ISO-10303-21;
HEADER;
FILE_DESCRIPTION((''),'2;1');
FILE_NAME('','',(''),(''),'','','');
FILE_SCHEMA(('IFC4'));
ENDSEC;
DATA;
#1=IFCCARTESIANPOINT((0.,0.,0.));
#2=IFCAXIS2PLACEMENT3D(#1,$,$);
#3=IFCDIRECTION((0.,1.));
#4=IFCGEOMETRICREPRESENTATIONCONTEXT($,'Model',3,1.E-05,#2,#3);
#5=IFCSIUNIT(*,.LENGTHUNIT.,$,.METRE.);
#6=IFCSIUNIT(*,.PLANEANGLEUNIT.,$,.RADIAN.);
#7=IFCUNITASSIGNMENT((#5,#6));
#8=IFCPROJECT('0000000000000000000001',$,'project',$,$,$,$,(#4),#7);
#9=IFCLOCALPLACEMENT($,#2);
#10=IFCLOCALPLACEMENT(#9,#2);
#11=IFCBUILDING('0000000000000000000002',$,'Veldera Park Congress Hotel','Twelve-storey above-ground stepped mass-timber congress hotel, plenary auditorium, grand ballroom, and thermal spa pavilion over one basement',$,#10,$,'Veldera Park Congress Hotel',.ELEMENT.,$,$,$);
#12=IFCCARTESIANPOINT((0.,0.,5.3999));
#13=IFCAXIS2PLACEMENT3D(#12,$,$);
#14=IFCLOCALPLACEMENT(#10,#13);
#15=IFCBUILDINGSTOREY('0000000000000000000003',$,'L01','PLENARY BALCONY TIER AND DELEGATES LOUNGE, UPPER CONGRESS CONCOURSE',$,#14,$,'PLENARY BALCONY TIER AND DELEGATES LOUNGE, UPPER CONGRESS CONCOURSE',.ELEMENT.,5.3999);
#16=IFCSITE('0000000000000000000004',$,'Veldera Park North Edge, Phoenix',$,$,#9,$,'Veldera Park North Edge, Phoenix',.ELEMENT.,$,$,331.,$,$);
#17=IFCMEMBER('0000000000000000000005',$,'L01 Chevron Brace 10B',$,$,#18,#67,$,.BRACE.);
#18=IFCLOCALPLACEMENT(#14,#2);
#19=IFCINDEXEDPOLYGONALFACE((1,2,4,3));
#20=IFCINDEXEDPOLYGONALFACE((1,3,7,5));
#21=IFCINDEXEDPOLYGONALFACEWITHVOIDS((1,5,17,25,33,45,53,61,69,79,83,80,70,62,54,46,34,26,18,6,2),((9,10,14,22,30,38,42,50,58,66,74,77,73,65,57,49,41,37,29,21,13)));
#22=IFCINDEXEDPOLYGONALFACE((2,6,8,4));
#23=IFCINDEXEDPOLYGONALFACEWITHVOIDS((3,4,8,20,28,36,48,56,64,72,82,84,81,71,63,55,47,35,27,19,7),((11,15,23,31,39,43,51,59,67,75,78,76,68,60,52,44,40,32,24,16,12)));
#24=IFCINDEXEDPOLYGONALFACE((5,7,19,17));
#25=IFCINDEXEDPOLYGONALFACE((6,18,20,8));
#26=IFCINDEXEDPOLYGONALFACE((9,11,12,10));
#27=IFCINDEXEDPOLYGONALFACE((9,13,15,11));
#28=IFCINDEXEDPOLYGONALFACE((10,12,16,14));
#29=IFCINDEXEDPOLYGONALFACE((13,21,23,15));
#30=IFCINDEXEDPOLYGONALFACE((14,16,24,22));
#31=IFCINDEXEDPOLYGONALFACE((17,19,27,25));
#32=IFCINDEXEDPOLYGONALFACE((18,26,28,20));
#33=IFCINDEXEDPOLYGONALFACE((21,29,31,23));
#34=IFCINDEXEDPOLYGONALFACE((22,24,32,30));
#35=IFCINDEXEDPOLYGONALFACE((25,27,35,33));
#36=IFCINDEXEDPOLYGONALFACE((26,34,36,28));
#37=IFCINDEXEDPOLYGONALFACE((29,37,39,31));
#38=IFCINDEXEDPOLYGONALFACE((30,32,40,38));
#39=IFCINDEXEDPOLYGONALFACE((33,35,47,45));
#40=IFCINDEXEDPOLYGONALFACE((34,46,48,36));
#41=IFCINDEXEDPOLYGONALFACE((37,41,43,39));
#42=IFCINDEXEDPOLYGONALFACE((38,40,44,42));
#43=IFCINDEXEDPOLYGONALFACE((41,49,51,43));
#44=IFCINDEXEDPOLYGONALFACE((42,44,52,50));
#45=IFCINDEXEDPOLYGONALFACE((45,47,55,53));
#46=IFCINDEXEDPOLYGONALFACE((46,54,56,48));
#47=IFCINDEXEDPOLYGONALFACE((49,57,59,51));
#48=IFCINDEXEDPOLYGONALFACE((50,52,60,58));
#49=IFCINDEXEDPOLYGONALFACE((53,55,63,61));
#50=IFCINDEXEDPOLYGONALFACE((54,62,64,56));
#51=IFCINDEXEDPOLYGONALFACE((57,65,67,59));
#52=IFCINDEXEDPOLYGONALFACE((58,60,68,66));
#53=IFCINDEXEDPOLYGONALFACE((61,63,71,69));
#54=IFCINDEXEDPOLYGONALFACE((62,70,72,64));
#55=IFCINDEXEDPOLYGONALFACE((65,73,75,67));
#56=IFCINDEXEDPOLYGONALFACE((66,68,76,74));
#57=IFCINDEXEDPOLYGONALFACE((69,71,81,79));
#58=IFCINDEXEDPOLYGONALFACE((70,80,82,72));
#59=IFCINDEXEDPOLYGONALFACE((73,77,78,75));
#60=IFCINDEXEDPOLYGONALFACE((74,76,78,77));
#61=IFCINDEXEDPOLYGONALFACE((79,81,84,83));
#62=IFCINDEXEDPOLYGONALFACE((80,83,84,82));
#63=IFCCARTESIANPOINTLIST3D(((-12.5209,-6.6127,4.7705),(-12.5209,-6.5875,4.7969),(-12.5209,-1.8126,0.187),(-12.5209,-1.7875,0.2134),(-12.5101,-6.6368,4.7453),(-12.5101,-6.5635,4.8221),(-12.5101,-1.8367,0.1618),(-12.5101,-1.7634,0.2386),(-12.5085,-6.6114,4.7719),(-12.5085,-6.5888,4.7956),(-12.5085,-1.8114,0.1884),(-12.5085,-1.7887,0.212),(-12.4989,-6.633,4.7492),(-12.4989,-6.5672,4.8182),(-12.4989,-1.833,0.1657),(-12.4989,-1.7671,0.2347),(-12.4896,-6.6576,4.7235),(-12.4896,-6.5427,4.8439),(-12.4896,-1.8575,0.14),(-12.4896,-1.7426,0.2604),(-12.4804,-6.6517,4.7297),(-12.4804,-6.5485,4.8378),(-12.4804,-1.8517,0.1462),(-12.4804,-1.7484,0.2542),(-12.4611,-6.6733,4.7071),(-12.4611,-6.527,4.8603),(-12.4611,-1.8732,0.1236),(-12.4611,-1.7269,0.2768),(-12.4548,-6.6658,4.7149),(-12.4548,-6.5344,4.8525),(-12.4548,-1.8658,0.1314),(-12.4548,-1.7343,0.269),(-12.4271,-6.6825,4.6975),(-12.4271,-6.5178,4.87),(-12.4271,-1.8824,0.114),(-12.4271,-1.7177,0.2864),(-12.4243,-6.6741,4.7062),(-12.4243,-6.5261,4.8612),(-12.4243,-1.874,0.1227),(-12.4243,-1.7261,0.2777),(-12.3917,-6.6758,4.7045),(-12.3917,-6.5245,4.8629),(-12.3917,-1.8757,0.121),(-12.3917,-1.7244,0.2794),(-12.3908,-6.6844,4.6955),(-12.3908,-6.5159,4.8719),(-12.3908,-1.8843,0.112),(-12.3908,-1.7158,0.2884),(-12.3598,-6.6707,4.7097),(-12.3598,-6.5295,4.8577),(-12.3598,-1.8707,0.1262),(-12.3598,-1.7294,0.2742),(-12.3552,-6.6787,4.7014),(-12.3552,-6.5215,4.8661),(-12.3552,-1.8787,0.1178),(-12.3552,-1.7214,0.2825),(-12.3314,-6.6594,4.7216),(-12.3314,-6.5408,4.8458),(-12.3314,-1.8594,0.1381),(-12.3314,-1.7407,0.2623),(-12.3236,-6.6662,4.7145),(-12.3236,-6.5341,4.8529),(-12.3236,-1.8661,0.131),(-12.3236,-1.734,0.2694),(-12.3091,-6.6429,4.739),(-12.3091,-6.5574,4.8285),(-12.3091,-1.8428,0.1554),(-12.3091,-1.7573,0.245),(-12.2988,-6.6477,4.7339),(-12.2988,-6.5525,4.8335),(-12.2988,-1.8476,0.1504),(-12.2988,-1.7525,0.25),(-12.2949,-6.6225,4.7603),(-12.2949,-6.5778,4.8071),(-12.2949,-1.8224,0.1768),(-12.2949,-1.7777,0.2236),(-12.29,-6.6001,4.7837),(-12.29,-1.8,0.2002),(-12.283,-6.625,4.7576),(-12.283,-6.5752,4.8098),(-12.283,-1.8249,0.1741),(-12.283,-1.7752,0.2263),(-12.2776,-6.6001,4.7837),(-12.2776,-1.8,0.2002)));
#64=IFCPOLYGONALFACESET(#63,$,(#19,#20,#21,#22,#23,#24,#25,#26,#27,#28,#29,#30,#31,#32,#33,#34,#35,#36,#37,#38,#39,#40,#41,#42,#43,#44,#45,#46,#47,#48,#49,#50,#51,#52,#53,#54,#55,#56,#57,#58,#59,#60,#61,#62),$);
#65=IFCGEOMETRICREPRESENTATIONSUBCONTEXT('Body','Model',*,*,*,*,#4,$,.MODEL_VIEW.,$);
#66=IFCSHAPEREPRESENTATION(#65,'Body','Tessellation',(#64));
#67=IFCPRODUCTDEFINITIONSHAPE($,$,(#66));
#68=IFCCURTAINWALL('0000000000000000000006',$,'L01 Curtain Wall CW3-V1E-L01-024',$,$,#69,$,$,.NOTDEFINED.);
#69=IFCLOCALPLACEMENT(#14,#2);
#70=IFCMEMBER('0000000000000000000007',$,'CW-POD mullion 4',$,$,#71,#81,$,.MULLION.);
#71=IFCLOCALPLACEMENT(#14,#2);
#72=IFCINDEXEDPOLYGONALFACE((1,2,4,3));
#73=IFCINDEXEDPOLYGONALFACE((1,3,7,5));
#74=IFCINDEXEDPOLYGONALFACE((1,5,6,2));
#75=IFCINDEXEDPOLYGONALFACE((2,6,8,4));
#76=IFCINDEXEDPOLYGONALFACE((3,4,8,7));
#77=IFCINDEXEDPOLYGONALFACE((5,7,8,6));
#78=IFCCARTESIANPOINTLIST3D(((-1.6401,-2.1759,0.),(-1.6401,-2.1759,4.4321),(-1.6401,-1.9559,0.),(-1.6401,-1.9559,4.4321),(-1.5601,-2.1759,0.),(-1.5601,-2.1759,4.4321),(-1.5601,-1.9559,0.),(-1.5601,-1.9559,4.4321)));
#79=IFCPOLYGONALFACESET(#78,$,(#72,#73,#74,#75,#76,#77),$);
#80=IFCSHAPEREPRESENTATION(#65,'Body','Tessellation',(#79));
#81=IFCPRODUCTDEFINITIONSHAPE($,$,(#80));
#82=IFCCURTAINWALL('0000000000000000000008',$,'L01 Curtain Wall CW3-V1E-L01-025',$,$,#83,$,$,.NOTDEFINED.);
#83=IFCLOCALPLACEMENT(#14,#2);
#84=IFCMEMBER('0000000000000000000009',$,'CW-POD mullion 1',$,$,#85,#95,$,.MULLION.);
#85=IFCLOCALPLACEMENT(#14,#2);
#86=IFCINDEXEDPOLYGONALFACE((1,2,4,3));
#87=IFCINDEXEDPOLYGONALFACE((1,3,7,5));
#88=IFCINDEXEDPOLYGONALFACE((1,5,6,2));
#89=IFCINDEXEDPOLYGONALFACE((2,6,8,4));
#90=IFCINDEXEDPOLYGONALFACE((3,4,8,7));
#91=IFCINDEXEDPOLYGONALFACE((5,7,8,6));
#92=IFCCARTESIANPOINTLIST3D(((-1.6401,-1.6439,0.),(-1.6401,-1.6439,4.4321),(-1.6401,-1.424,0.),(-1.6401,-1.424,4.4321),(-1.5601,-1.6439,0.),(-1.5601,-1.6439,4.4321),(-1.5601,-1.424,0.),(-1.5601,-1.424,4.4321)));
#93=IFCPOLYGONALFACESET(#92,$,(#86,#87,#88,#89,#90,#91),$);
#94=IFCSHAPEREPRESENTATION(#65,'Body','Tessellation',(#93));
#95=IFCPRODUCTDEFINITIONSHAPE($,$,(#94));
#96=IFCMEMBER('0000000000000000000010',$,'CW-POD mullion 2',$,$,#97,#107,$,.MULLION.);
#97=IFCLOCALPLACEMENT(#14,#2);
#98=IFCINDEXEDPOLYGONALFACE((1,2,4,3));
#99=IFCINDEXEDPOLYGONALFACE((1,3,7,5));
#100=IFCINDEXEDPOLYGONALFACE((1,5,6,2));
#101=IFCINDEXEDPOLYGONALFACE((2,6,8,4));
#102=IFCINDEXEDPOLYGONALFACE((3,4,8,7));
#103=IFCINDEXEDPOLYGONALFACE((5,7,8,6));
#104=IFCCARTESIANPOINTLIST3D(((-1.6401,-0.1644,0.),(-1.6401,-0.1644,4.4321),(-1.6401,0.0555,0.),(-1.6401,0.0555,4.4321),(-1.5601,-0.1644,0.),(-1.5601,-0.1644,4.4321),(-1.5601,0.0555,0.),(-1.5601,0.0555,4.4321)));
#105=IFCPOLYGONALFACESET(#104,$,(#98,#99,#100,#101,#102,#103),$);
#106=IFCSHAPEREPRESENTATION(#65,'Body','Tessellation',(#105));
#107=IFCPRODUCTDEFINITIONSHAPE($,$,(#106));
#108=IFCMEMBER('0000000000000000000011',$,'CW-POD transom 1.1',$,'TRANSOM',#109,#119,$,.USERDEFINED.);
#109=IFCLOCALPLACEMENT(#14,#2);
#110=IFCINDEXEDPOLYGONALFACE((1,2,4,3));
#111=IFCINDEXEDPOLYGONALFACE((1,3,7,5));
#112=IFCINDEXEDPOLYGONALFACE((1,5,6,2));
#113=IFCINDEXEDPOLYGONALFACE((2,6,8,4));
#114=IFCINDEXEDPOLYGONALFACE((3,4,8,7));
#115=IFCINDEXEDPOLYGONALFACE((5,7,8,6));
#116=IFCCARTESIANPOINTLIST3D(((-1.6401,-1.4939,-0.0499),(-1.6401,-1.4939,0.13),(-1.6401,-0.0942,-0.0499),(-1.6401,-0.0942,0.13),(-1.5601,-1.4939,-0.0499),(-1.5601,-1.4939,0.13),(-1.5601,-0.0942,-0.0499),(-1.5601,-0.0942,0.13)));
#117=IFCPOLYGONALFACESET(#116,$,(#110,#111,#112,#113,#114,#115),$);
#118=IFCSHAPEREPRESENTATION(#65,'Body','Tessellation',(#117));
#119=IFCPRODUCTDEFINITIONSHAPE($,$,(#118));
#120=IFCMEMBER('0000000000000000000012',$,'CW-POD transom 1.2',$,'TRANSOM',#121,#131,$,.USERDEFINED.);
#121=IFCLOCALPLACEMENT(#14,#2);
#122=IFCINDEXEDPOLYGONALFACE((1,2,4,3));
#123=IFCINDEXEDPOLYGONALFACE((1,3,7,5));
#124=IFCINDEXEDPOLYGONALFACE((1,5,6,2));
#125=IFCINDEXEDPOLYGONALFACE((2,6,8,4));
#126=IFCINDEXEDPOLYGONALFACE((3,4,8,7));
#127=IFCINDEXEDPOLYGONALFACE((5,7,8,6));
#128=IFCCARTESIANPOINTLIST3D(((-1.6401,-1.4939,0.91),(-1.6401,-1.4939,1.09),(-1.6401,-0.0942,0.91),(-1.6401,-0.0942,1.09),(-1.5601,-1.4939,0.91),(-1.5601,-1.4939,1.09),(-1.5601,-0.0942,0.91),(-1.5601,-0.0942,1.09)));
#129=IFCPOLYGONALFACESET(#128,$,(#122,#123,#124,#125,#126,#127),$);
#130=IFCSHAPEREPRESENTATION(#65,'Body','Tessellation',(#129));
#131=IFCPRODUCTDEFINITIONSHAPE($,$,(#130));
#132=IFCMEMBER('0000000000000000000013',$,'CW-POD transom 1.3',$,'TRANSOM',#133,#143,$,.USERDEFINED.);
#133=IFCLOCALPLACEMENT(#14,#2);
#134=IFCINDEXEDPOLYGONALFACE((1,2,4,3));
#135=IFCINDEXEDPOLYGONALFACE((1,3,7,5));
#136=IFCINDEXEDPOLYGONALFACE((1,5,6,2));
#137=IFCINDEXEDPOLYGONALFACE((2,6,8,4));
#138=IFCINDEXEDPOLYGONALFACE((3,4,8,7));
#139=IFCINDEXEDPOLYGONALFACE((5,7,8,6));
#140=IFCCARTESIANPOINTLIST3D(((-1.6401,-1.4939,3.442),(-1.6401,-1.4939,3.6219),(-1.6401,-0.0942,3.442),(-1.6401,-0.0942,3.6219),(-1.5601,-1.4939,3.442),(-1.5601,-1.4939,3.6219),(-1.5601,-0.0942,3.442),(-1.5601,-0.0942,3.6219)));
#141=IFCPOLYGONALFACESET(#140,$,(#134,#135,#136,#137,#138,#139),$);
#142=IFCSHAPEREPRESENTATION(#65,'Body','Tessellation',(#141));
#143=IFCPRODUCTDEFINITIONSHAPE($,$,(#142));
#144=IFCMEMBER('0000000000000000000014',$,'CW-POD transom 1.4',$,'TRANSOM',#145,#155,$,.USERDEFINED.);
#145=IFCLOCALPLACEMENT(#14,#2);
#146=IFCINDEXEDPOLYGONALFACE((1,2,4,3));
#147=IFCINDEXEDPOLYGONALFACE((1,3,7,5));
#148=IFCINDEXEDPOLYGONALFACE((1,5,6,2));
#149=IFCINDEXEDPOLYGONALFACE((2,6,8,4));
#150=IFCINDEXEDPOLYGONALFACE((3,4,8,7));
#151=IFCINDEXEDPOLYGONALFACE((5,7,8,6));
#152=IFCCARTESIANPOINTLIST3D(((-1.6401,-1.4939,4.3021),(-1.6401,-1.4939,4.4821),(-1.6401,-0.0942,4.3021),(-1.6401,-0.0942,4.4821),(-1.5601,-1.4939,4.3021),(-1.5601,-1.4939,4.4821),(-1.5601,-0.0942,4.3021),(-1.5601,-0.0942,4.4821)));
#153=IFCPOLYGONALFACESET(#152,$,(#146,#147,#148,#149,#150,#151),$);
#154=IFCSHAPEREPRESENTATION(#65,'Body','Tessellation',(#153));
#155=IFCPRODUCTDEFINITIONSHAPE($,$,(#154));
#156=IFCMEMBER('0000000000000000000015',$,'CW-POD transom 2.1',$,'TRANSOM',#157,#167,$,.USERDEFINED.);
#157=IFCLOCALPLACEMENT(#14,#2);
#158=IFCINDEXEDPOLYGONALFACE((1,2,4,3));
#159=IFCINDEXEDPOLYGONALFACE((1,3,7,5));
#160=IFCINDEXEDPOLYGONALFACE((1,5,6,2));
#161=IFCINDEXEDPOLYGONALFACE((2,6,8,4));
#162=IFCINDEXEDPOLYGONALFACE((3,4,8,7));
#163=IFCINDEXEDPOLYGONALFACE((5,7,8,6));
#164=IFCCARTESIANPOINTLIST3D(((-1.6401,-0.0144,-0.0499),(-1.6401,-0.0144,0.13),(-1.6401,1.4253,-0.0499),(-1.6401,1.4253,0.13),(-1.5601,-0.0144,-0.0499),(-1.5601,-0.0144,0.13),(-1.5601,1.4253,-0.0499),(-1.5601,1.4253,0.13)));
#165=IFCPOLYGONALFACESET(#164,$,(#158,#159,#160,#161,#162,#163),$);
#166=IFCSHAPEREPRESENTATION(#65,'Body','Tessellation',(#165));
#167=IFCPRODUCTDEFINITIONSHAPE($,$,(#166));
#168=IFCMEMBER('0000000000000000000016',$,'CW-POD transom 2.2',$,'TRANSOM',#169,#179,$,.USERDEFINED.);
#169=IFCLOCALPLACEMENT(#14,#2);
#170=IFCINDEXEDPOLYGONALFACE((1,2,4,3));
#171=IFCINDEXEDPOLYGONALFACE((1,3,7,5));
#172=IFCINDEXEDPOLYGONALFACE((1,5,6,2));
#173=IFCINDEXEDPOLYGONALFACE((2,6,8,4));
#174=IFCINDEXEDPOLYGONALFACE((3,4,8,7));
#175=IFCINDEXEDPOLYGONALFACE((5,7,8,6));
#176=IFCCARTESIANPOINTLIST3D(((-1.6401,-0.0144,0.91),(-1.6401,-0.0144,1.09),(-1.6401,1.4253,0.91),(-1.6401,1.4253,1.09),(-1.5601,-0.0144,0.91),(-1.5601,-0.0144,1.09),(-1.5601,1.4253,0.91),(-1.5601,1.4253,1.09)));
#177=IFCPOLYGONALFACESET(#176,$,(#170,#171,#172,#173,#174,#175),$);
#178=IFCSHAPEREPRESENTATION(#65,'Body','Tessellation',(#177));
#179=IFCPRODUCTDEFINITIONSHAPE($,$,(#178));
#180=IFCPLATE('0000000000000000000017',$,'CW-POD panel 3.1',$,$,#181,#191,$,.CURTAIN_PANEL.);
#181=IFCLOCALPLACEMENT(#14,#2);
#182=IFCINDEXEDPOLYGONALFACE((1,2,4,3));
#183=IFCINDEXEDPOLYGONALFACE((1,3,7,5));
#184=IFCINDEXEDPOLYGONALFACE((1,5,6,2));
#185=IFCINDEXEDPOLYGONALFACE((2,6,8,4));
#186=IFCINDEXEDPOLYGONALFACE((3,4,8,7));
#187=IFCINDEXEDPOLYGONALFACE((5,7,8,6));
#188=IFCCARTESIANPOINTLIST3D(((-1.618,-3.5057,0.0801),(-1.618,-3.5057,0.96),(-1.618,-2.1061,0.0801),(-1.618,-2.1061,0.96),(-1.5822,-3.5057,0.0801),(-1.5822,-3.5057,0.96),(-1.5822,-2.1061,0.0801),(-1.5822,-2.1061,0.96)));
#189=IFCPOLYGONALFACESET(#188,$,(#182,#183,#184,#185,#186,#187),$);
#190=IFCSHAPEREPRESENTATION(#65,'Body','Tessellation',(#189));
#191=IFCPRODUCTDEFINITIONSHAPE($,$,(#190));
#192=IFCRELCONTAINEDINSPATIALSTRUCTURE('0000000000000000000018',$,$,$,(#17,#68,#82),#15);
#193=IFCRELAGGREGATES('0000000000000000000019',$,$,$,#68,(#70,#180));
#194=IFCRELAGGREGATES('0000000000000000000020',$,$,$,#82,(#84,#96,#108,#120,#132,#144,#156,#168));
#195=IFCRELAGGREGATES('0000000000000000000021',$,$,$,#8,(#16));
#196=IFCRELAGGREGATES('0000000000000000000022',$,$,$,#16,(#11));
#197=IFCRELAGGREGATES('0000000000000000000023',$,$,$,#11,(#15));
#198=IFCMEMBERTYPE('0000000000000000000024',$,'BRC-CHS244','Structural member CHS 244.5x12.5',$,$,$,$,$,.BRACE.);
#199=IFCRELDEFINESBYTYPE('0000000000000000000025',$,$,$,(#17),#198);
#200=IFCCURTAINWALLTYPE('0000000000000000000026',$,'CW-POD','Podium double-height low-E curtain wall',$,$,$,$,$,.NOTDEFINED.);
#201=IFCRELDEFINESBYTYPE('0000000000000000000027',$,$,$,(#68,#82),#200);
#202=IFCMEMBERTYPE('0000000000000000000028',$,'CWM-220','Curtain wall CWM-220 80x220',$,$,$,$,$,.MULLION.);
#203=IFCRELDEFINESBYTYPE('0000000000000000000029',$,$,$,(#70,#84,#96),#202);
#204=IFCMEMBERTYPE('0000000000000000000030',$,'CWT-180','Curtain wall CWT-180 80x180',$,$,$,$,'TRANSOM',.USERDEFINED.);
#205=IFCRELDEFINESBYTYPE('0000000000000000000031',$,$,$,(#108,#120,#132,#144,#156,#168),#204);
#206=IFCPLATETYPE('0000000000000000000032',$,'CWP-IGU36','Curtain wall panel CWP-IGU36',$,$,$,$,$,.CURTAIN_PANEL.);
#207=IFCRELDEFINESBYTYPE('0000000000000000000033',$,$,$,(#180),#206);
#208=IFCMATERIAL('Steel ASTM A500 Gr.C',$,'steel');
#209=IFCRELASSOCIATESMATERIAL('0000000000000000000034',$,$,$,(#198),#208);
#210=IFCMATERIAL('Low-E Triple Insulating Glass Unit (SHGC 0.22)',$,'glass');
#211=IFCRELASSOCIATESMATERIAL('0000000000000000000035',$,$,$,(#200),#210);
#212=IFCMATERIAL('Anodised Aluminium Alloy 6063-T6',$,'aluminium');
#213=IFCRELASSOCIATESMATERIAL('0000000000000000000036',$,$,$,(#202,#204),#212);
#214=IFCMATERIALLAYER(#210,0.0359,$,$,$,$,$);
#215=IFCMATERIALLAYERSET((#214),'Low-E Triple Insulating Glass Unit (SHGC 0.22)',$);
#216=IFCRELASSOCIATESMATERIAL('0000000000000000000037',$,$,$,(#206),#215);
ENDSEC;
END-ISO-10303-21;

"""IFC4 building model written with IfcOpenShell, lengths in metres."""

from ifc_helpers import new_model, si_unit, direction, frame, origin, origin_2d, place, context, subcontext, project, spatial, rectangle, hollow_circle, extrude, material, layer, layer_set, material_profile, profile_set, type_object, element, aggregate, save


model = new_model("IFC4")

# Units and contexts
model_context = context("Model", 3, precision=1e-05, world=origin(), true_north=direction((0.0, 1.0)))
body_context = subcontext(model_context, "Body", "Model", "MODEL_VIEW")
ifc_project = project(units=[si_unit("LENGTHUNIT", "METRE"), si_unit("PLANEANGLEUNIT", "RADIAN")], contexts=[model_context])

# Site, building, storey
site_placement = place(None, origin())
site = spatial("IfcSite", under=ifc_project, at=site_placement, Name="Veldera Park North Edge, Phoenix", LongName="Veldera Park North Edge, Phoenix", CompositionType="ELEMENT", RefElevation=331.0)
building_placement = place(site_placement, origin())
building = spatial("IfcBuilding", under=site, at=building_placement, Name="Veldera Park Congress Hotel", Description="Twelve-storey above-ground stepped mass-timber congress hotel, plenary auditorium, grand ballroom, and thermal spa pavilion over one basement", LongName="Veldera Park Congress Hotel", CompositionType="ELEMENT")
storey_placement = place(building_placement, frame((0.0, 0.0, 5.3999)))
storey = spatial("IfcBuildingStorey", under=building, at=storey_placement, Name="L01", Description="PLENARY BALCONY TIER AND DELEGATES LOUNGE, UPPER CONGRESS CONCOURSE", LongName="PLENARY BALCONY TIER AND DELEGATES LOUNGE, UPPER CONGRESS CONCOURSE", CompositionType="ELEMENT", Elevation=5.3999)

# Member
ifc_material_1 = material(Name="Steel ASTM A500 Gr.C", Category="steel")
ifc_material_profile_1 = material_profile(ifc_material_1, hollow_circle(Radius=0.1223, WallThickness=0.0125, at=origin_2d()), Name="CHS 244.5x12.5")
ifc_profile_set_1 = profile_set([ifc_material_profile_1], Name="Steel ASTM A500 Gr.C")
member_type_1 = type_object("IfcMemberType", Name="BRC-CHS244", Description="Structural member CHS 244.5x12.5", PredefinedType="BRACE", material=ifc_profile_set_1)
member_1_placement = place(storey_placement, frame((-12.3999, -1.8, 0.2002), z_axis=(0.0, -0.723233, 0.690604), x_axis=(1.0, 0.0, 0.0)))
element("IfcMember", 1, at=member_1_placement, inside=storey, type_object=member_type_1, Name="L01 Chevron Brace 10B", PredefinedType="BRACE", context=body_context, shape_type="SweptSolid", body=[
    extrude(hollow_circle(Radius=0.1223, WallThickness=0.0125, at=origin_2d()), origin(), (0.0, 0.0, 1.0), 6.637),
])

# Curtain wall, member
ifc_material_2 = material(Name="Low-E Triple Insulating Glass Unit (SHGC 0.22)", Category="glass")
curtain_wall_type = type_object("IfcCurtainWallType", Name="CW-POD", Description="Podium double-height low-E curtain wall", PredefinedType="NOTDEFINED", material=ifc_material_2)
curtain_wall_1_placement = place(storey_placement, origin())
curtain_wall_1 = element("IfcCurtainWall", 2, at=curtain_wall_1_placement, inside=storey, type_object=curtain_wall_type, Name="L01 Curtain Wall CW3-V1E-L01-024", PredefinedType="NOTDEFINED")
ifc_material_3 = material(Name="Anodised Aluminium Alloy 6063-T6", Category="aluminium")
ifc_material_profile_2 = material_profile(ifc_material_3, rectangle(XDim=0.0801, YDim=0.22, at=origin_2d()), Name="ALU 80x220")
ifc_profile_set_2 = profile_set([ifc_material_profile_2], Name="Anodised Aluminium Alloy 6063-T6")
member_type_2 = type_object("IfcMemberType", Name="CWM-220", Description="Curtain wall CWM-220 80x220", PredefinedType="MULLION", material=ifc_profile_set_2)
member_2_placement = place(storey_placement, frame((-1.6001, -2.0659, 0.0), z_axis=(0.0, 0.0, 1.0), x_axis=(-1.0, 0.0, 0.0)))
member_2 = element("IfcMember", 3, at=member_2_placement, type_object=member_type_2, Name="CW-POD mullion 4", PredefinedType="MULLION", context=body_context, shape_type="SweptSolid", body=[
    extrude(rectangle(XDim=0.0801, YDim=0.22, at=origin_2d()), origin(), (0.0, 0.0, 1.0), 4.4321),
])

# Curtain wall, members
curtain_wall_2_placement = place(storey_placement, origin())
curtain_wall_2 = element("IfcCurtainWall", 4, at=curtain_wall_2_placement, inside=storey, type_object=curtain_wall_type, Name="L01 Curtain Wall CW3-V1E-L01-025", PredefinedType="NOTDEFINED")
member_3_placement = place(storey_placement, frame((-1.6001, -1.5339, 0.0), z_axis=(0.0, 0.0, 1.0), x_axis=(-1.0, 0.0, 0.0)))
member_3 = element("IfcMember", 5, at=member_3_placement, type_object=member_type_2, Name="CW-POD mullion 1", PredefinedType="MULLION", context=body_context, shape_type="SweptSolid", body=[
    extrude(rectangle(XDim=0.0801, YDim=0.22, at=origin_2d()), origin(), (0.0, 0.0, 1.0), 4.4321),
])
member_4_placement = place(storey_placement, frame((-1.6001, -0.0544, 0.0), z_axis=(0.0, 0.0, 1.0), x_axis=(-1.0, 0.0, 0.0)))
member_4 = element("IfcMember", 6, at=member_4_placement, type_object=member_type_2, Name="CW-POD mullion 2", PredefinedType="MULLION", context=body_context, shape_type="SweptSolid", body=[
    extrude(rectangle(XDim=0.0801, YDim=0.22, at=origin_2d()), origin(), (0.0, 0.0, 1.0), 4.4321),
])
ifc_material_profile_3 = material_profile(ifc_material_3, rectangle(XDim=0.0801, YDim=0.1799, at=origin_2d()), Name="ALU 80x180")
ifc_profile_set_3 = profile_set([ifc_material_profile_3], Name="Anodised Aluminium Alloy 6063-T6")
member_type_3 = type_object("IfcMemberType", Name="CWT-180", Description="Curtain wall CWT-180 80x180", ElementType="TRANSOM", PredefinedType="USERDEFINED", material=ifc_profile_set_3)
member_5_placement = place(storey_placement, frame((-1.6001, -1.4939, 0.04), z_axis=(0.0, 1.0, 0.0), x_axis=(-1.0, 0.0, 0.0)))
member_5 = element("IfcMember", 7, at=member_5_placement, type_object=member_type_3, Name="CW-POD transom 1.1", ObjectType="TRANSOM", PredefinedType="USERDEFINED", context=body_context, shape_type="SweptSolid", body=[
    extrude(rectangle(XDim=0.0801, YDim=0.1799, at=origin_2d()), origin(), (0.0, 0.0, 1.0), 1.3997),
])
member_6_placement = place(storey_placement, frame((-1.6001, -1.4939, 1.0), z_axis=(0.0, 1.0, 0.0), x_axis=(-1.0, 0.0, 0.0)))
member_6 = element("IfcMember", 8, at=member_6_placement, type_object=member_type_3, Name="CW-POD transom 1.2", ObjectType="TRANSOM", PredefinedType="USERDEFINED", context=body_context, shape_type="SweptSolid", body=[
    extrude(rectangle(XDim=0.0801, YDim=0.1799, at=origin_2d()), origin(), (0.0, 0.0, 1.0), 1.3997),
])
member_7_placement = place(storey_placement, frame((-1.6001, -1.4939, 3.532), z_axis=(0.0, 1.0, 0.0), x_axis=(-1.0, 0.0, 0.0)))
member_7 = element("IfcMember", 9, at=member_7_placement, type_object=member_type_3, Name="CW-POD transom 1.3", ObjectType="TRANSOM", PredefinedType="USERDEFINED", context=body_context, shape_type="SweptSolid", body=[
    extrude(rectangle(XDim=0.0801, YDim=0.1799, at=origin_2d()), origin(), (0.0, 0.0, 1.0), 1.3997),
])
member_8_placement = place(storey_placement, frame((-1.6001, -1.4939, 4.3921), z_axis=(0.0, 1.0, 0.0), x_axis=(-1.0, 0.0, 0.0)))
member_8 = element("IfcMember", 10, at=member_8_placement, type_object=member_type_3, Name="CW-POD transom 1.4", ObjectType="TRANSOM", PredefinedType="USERDEFINED", context=body_context, shape_type="SweptSolid", body=[
    extrude(rectangle(XDim=0.0801, YDim=0.1799, at=origin_2d()), origin(), (0.0, 0.0, 1.0), 1.3997),
])
member_9_placement = place(storey_placement, frame((-1.6001, -0.0144, 0.04), z_axis=(0.0, 1.0, 0.0), x_axis=(-1.0, 0.0, 0.0)))
member_9 = element("IfcMember", 11, at=member_9_placement, type_object=member_type_3, Name="CW-POD transom 2.1", ObjectType="TRANSOM", PredefinedType="USERDEFINED", context=body_context, shape_type="SweptSolid", body=[
    extrude(rectangle(XDim=0.0801, YDim=0.1799, at=origin_2d()), origin(), (0.0, 0.0, 1.0), 1.4397),
])
member_10_placement = place(storey_placement, frame((-1.6001, -0.0144, 1.0), z_axis=(0.0, 1.0, 0.0), x_axis=(-1.0, 0.0, 0.0)))
member_10 = element("IfcMember", 12, at=member_10_placement, type_object=member_type_3, Name="CW-POD transom 2.2", ObjectType="TRANSOM", PredefinedType="USERDEFINED", context=body_context, shape_type="SweptSolid", body=[
    extrude(rectangle(XDim=0.0801, YDim=0.1799, at=origin_2d()), origin(), (0.0, 0.0, 1.0), 1.4397),
])

# Plate
ifc_layer_1 = layer(ifc_material_2, 0.0359)
ifc_layer_set_1 = layer_set([ifc_layer_1], Name="Low-E Triple Insulating Glass Unit (SHGC 0.22)")
plate_type_1 = type_object("IfcPlateType", Name="CWP-IGU36", Description="Curtain wall panel CWP-IGU36", PredefinedType="CURTAIN_PANEL", material=ifc_layer_set_1)
plate_1_placement = place(storey_placement, frame((-1.6001, -2.8059, 0.0801), z_axis=(0.0, 0.0, 1.0), x_axis=(0.0, 1.0, 0.0)))
plate_1 = element("IfcPlate", 13, at=plate_1_placement, type_object=plate_type_1, Name="CW-POD panel 3.1", PredefinedType="CURTAIN_PANEL", context=body_context, shape_type="SweptSolid", body=[
    extrude(rectangle(XDim=1.3997, YDim=0.0359, at=origin_2d()), origin(), (0.0, 0.0, 1.0), 0.8799),
])
aggregate(curtain_wall_1, [member_2, plate_1])
aggregate(curtain_wall_2, [member_3, member_4, member_5, member_6, member_7, member_8, member_9, member_10])

save(model, "model.ifc")
